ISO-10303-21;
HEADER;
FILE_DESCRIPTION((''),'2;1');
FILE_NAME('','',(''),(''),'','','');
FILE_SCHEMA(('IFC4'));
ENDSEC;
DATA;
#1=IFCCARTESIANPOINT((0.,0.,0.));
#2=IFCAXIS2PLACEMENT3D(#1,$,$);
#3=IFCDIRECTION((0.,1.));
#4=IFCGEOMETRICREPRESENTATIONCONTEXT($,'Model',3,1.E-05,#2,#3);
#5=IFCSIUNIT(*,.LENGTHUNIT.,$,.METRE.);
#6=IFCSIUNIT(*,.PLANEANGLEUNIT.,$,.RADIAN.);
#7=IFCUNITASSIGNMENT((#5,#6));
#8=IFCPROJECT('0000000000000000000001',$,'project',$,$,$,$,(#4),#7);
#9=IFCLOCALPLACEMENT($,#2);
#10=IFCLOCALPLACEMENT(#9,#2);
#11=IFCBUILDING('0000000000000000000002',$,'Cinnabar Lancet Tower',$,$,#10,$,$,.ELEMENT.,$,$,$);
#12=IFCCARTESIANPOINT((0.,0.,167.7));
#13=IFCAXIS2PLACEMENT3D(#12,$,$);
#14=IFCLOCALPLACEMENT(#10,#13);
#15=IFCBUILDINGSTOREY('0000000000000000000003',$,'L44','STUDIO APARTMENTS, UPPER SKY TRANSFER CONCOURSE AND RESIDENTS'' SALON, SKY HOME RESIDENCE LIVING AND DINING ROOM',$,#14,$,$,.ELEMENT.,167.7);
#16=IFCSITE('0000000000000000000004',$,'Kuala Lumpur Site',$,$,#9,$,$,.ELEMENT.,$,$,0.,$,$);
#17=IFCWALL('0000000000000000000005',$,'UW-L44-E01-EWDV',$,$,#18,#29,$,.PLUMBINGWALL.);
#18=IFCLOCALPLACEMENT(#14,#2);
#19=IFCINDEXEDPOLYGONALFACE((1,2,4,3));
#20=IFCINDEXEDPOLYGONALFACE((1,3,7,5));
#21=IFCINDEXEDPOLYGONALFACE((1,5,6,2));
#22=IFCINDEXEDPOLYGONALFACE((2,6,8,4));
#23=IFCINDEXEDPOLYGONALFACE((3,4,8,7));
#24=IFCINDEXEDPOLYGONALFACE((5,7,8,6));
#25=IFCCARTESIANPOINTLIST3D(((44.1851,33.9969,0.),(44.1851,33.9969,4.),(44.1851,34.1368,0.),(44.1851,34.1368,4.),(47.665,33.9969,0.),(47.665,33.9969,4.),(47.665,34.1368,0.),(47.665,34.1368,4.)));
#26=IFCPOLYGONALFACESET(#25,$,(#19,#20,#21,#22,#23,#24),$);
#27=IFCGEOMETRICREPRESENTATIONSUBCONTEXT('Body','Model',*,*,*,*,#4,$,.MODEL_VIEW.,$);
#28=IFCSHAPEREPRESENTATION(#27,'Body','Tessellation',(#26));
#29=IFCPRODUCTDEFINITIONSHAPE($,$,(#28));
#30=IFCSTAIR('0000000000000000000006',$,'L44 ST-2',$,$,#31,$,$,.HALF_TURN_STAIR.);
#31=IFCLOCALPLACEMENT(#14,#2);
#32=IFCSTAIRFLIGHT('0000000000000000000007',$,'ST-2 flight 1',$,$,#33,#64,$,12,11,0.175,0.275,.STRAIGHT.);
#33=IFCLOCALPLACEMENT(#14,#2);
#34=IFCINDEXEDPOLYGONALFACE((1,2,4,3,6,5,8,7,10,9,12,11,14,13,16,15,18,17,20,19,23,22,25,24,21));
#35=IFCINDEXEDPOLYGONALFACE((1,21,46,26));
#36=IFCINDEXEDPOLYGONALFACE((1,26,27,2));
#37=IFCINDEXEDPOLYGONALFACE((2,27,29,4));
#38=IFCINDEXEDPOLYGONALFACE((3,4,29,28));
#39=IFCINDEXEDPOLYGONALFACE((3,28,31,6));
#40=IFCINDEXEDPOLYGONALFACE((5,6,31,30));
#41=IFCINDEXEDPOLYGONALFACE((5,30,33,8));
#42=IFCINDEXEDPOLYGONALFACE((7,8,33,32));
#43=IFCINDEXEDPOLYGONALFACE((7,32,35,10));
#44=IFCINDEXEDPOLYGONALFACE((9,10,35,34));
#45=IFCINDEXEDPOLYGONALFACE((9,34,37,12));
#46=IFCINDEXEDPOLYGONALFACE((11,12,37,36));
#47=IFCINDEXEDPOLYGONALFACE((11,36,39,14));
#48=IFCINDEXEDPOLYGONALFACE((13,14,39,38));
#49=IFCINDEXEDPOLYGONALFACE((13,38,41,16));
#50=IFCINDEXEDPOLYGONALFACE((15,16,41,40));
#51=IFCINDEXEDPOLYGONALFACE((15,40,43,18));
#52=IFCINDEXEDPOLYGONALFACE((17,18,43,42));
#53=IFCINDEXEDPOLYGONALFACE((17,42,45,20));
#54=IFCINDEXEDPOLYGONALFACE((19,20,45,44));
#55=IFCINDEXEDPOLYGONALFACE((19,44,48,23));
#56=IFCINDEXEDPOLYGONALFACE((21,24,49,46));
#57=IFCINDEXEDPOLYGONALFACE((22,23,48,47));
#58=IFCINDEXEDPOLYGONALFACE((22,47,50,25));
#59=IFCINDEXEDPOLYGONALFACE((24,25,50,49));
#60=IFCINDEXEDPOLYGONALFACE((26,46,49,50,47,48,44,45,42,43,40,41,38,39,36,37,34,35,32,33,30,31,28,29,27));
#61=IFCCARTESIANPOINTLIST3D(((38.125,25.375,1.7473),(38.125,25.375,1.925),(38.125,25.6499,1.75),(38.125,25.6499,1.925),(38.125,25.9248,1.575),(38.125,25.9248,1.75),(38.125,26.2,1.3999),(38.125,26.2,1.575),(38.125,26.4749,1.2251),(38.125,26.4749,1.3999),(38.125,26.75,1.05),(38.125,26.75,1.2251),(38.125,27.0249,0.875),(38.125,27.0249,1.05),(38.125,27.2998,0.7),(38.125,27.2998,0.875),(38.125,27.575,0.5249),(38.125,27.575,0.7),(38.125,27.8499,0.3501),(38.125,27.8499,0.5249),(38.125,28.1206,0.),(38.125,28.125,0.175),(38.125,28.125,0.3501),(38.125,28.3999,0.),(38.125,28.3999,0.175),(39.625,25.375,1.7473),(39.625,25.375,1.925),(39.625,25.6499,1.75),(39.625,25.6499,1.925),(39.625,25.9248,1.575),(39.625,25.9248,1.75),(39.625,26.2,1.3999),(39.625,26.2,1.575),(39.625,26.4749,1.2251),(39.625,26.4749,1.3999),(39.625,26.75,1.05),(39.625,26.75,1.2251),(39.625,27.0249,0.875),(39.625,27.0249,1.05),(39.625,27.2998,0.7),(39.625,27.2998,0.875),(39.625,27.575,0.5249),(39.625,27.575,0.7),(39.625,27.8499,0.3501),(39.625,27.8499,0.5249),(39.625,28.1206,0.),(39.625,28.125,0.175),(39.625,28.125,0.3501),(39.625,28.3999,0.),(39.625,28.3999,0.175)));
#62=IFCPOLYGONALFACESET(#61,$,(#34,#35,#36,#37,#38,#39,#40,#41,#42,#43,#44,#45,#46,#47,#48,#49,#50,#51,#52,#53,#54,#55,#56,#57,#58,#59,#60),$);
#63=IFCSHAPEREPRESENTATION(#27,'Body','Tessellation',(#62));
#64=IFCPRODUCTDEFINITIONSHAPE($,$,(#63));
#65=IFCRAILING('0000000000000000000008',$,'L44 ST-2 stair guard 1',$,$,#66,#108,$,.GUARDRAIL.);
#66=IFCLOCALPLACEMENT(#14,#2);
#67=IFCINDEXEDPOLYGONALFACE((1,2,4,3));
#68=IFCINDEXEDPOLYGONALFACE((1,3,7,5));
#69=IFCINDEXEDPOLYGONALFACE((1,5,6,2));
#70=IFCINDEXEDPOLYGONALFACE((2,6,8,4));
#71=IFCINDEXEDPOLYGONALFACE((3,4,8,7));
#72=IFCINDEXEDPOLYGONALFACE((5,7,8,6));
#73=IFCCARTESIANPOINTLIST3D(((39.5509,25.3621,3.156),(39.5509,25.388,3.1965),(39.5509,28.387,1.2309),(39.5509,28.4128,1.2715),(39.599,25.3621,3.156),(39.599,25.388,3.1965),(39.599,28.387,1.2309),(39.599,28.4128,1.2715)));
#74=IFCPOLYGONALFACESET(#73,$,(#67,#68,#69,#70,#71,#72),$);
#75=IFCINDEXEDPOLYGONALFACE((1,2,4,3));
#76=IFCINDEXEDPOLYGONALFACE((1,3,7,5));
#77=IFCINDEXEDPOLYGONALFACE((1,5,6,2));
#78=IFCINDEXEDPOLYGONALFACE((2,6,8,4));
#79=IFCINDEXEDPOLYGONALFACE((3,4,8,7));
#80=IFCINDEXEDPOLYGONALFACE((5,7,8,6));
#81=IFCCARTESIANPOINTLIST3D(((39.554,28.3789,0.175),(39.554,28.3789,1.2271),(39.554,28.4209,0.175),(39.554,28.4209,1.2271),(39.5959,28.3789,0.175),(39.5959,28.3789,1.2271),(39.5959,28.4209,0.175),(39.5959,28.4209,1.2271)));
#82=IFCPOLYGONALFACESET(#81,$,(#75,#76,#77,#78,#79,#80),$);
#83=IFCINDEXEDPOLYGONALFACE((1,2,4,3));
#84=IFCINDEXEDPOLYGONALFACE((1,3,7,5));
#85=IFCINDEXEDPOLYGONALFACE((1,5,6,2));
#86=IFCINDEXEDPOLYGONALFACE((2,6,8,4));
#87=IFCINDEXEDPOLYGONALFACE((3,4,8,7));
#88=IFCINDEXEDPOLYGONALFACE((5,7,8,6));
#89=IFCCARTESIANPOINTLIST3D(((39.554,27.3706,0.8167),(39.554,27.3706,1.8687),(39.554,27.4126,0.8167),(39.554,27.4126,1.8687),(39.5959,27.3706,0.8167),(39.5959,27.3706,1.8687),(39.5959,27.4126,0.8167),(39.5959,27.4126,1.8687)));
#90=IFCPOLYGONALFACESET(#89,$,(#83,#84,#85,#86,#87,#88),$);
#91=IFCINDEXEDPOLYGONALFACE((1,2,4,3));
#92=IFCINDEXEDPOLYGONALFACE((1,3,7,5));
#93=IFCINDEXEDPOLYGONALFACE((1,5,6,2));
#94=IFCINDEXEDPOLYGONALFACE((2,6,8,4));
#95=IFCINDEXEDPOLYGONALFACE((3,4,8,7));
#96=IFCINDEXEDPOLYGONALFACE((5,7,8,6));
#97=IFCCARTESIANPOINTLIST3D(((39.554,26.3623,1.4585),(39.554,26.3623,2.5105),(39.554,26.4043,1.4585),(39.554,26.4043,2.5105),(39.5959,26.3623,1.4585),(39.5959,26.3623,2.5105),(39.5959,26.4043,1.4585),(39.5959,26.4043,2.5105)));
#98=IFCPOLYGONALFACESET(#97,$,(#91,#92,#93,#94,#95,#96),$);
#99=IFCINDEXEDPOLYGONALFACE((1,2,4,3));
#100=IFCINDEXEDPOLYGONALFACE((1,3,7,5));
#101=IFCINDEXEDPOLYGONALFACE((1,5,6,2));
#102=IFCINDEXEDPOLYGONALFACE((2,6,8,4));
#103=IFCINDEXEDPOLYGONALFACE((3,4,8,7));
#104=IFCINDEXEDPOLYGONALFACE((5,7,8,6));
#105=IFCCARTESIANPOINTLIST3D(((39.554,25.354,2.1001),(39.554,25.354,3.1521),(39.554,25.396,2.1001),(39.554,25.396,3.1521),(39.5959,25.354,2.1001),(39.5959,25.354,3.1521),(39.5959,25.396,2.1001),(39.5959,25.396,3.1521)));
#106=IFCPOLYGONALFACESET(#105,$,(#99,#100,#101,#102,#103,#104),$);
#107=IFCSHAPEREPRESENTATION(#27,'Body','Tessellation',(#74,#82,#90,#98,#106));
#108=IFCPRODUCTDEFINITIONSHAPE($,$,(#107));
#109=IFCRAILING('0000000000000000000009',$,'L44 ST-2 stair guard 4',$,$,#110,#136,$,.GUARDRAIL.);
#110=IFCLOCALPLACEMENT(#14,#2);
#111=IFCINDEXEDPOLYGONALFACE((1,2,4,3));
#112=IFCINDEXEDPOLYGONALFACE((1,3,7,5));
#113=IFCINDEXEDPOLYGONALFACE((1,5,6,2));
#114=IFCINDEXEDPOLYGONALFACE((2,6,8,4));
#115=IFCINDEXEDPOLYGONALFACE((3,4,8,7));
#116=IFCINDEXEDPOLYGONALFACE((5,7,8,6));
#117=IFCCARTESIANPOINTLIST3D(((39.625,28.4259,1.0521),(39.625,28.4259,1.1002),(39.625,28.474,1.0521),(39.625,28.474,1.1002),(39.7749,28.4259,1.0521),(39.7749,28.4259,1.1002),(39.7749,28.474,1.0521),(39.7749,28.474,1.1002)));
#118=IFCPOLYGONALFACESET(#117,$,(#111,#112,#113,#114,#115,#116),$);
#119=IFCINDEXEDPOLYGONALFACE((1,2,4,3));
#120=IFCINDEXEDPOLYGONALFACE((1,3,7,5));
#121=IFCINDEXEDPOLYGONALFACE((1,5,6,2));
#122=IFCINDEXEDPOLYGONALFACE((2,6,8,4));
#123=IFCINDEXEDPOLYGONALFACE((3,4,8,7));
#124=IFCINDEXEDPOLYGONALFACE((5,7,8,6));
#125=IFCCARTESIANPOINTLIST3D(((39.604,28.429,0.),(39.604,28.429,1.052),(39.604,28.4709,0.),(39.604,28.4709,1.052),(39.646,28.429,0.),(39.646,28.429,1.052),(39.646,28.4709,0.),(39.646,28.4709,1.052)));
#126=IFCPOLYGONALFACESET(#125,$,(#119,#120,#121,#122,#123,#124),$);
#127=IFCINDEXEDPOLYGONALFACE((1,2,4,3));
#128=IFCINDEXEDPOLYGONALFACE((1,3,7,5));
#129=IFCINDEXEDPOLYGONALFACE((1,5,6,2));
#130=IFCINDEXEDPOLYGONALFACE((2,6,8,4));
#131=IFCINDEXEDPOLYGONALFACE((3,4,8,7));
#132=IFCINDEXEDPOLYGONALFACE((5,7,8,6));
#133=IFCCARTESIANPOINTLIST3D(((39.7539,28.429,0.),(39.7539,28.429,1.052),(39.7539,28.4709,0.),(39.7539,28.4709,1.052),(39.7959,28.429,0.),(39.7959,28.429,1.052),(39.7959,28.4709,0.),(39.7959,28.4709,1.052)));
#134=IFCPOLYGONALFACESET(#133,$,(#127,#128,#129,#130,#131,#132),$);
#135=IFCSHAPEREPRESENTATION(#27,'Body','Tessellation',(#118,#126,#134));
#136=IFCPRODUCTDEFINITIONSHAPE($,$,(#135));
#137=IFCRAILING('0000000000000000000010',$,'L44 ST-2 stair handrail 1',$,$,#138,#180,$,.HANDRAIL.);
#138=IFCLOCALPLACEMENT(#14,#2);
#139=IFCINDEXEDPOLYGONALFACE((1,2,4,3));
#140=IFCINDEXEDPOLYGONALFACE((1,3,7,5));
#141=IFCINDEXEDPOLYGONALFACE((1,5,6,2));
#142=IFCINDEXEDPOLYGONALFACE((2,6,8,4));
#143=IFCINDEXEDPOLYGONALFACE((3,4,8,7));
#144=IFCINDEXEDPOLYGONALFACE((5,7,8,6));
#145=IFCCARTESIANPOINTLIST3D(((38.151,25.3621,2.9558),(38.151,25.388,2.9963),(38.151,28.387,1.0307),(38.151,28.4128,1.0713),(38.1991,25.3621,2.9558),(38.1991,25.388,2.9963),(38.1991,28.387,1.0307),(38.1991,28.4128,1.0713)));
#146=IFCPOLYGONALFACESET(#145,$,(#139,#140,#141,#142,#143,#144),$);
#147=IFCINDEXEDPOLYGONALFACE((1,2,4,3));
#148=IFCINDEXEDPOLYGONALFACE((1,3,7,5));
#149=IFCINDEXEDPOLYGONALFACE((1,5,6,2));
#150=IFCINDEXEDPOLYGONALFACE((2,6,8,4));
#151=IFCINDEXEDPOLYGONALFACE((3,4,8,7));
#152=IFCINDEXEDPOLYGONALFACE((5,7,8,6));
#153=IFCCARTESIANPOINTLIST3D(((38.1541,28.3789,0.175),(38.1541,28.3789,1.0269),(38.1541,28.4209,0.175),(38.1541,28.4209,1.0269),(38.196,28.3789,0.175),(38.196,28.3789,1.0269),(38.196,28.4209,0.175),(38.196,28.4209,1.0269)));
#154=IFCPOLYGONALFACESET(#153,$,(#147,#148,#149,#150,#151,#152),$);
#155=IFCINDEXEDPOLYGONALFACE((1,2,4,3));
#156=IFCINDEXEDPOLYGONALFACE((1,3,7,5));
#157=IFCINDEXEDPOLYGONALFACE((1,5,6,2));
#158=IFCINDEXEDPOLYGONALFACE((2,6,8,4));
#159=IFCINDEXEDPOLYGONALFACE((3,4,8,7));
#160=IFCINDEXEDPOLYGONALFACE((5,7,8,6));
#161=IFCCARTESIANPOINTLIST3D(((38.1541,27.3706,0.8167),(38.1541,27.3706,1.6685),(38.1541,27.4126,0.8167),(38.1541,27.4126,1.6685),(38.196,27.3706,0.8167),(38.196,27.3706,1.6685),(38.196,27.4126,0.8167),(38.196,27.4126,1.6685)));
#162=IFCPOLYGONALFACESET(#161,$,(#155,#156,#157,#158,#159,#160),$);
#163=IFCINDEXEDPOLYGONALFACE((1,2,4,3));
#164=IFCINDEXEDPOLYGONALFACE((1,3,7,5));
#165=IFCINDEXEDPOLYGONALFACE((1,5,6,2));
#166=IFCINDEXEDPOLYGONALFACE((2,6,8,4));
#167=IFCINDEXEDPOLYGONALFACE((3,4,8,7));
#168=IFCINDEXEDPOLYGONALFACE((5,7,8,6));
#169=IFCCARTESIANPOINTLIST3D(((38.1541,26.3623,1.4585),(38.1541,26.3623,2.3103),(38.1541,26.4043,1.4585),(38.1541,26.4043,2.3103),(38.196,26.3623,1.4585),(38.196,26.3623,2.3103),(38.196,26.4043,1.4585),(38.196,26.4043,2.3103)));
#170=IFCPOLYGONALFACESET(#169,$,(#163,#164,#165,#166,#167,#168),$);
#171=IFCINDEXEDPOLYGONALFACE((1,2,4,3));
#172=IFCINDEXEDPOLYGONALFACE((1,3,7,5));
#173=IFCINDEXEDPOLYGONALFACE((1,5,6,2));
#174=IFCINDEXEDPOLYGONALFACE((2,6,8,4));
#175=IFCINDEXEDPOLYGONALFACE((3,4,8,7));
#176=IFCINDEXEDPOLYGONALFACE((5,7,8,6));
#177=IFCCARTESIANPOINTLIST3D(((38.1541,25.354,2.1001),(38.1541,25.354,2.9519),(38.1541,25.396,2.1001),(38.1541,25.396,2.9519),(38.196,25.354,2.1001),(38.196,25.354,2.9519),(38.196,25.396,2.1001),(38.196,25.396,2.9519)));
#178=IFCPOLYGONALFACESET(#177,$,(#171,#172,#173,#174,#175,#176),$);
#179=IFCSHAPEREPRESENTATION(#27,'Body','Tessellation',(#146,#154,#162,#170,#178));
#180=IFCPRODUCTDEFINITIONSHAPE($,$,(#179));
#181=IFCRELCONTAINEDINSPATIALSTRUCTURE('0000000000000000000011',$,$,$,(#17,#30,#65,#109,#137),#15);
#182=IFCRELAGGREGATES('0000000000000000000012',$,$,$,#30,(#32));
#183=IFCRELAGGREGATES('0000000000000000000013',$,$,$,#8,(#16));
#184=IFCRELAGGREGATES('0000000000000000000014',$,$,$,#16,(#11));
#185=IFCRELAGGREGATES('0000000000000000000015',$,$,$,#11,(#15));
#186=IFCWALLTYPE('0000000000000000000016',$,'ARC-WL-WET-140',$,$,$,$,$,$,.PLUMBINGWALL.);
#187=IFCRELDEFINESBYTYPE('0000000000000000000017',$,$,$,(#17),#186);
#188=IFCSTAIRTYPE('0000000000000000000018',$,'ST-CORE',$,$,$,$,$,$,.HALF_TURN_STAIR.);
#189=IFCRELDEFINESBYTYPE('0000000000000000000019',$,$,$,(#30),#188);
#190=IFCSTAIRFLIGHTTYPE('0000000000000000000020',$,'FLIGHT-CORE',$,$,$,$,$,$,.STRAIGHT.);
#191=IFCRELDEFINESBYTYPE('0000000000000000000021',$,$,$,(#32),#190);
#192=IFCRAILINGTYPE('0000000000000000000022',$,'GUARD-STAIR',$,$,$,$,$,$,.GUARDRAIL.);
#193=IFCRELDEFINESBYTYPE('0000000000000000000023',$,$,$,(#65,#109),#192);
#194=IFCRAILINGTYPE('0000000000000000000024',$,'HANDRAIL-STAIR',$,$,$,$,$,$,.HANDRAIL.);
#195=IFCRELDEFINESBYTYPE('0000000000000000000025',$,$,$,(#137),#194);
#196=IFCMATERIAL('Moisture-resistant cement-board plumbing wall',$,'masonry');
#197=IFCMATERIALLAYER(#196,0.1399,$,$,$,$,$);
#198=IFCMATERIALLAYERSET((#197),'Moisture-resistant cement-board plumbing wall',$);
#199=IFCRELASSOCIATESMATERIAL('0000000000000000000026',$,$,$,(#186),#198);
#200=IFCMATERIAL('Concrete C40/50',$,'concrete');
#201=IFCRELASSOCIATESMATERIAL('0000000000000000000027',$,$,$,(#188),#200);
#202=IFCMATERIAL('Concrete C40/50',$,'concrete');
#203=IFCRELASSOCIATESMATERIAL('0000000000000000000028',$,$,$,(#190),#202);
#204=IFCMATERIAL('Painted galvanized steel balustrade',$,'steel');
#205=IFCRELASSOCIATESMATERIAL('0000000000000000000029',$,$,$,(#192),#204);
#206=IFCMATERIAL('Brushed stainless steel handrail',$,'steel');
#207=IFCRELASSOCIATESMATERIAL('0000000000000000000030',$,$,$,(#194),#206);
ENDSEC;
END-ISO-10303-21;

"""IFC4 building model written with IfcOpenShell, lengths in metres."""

from ifc_helpers import new_model, si_unit, direction, frame, frame_2d, origin, origin_2d, place, context, subcontext, project, spatial, polyline, rectangle, outline, extrude, material, layer, layer_set, type_object, element, aggregate, save


model = new_model("IFC4")

# Units and contexts
model_context = context("Model", 3, precision=1e-05, world=origin(), true_north=direction((0.0, 1.0)))
body_context = subcontext(model_context, "Body", "Model", "MODEL_VIEW")
ifc_project = project(units=[si_unit("LENGTHUNIT", "METRE"), si_unit("PLANEANGLEUNIT", "RADIAN")], contexts=[model_context])

# Site, building, storey
site_placement = place(None, origin())
site = spatial("IfcSite", under=ifc_project, at=site_placement, Name="Kuala Lumpur Site", CompositionType="ELEMENT", RefElevation=0.0)
building_placement = place(site_placement, origin())
building = spatial("IfcBuilding", under=site, at=building_placement, Name="Cinnabar Lancet Tower", CompositionType="ELEMENT")
storey_placement = place(building_placement, frame((0.0, 0.0, 167.7)))
storey = spatial("IfcBuildingStorey", under=building, at=storey_placement, Name="L44", Description="STUDIO APARTMENTS, UPPER SKY TRANSFER CONCOURSE AND RESIDENTS' SALON, SKY HOME RESIDENCE LIVING AND DINING ROOM", CompositionType="ELEMENT", Elevation=167.7)

# Shared definitions
ifc_material_1 = material(Name="Moisture-resistant cement-board plumbing wall", Category="masonry")
ifc_layer_1 = layer(ifc_material_1, 0.1399)
ifc_layer_set_1 = layer_set([ifc_layer_1], Name="Moisture-resistant cement-board plumbing wall")
wall_type_1 = type_object("IfcWallType", Name="ARC-WL-WET-140", PredefinedType="PLUMBINGWALL", material=ifc_layer_set_1)

# Wall
for number, where, z_axis, x_axis, name in (
    (1, (44.1851, 34.0669, 0.0), (0.0, 0.0, 1.0), (1.0, 0.0, 0.0), "UW-L44-E01-EWDV"),
):
    element("IfcWall", number, at=place(storey_placement, frame(where, z_axis=z_axis, x_axis=x_axis)), inside=storey, type_object=wall_type_1, Name=name, PredefinedType="PLUMBINGWALL", context=body_context, shape_type="SweptSolid", body=[
        extrude(rectangle(XDim=3.48, YDim=0.1399, at=frame_2d((1.74, 0.0))), origin(), (0.0, 0.0, 1.0), 4.0),
    ])

# Stair, stair flight
ifc_material_2 = material(Name="Concrete C40/50", Category="concrete")
stair_type = type_object("IfcStairType", Name="ST-CORE", PredefinedType="HALF_TURN_STAIR", material=ifc_material_2)
stair_placement = place(storey_placement, origin())
stair = element("IfcStair", 2, at=stair_placement, inside=storey, type_object=stair_type, Name="L44 ST-2", PredefinedType="HALF_TURN_STAIR")
ifc_material_3 = material(Name="Concrete C40/50", Category="concrete")
stair_flight_type = type_object("IfcStairFlightType", Name="FLIGHT-CORE", PredefinedType="STRAIGHT", material=ifc_material_3)
stair_flight_placement = place(storey_placement, frame((38.875, 28.3999, 0.0), z_axis=(0.0, 0.0, 1.0), x_axis=(0.0, -1.0, 0.0)))
stair_flight = element("IfcStairFlight", 3, at=stair_flight_placement, type_object=stair_flight_type, Name="ST-2 flight 1", NumberOfRisers=12, NumberOfTreads=11, PredefinedType="STRAIGHT", RiserHeight=0.175, TreadLength=0.275, context=body_context, shape_type="SweptSolid", body=[
    extrude(outline(polyline([(0.0, 0.0), (0.0, 0.175), (0.2749, 0.175), (0.2749, 0.3501), (0.55, 0.3501), (0.55, 0.5249), (0.825, 0.5249), (0.825, 0.7), (1.1001, 0.7), (1.1001, 0.875), (1.375, 0.875), (1.375, 1.05), (1.6499, 1.05), (1.6499, 1.2251), (1.925, 1.2251), (1.925, 1.3999), (2.2, 1.3999), (2.2, 1.575), (2.4751, 1.575), (2.4751, 1.75), (2.75, 1.75), (2.75, 1.925), (3.0249, 1.925), (3.0249, 2.1001), (3.0249, 1.7473), (0.2793, 0.0), (0.0, 0.0)])), frame((0.0, 0.75, 0.0), z_axis=(0.0, -1.0, 0.0), x_axis=(1.0, 0.0, 0.0)), (0.0, 0.0, 1.0), 1.5),
])
aggregate(stair, [stair_flight])

# Railings
ifc_material_4 = material(Name="Painted galvanized steel balustrade", Category="steel")
railing_type_1 = type_object("IfcRailingType", Name="GUARD-STAIR", PredefinedType="GUARDRAIL", material=ifc_material_4)
railing_1_placement = place(storey_placement, frame((39.575, 28.3999, 0.175)))
element("IfcRailing", 4, at=railing_1_placement, inside=storey, type_object=railing_type_1, Name="L44 ST-2 stair guard 1", PredefinedType="GUARDRAIL", context=body_context, shape_type="SweptSolid", body=[
    extrude(rectangle(XDim=0.0481, YDim=0.0481, at=origin_2d()), frame((0.0, 0.0, 1.0762), z_axis=(0.0, -0.843647, 0.536898), x_axis=(1.0, 0.0, 0.0)), (0.0, 0.0, 1.0), 3.5854),
    extrude(rectangle(XDim=0.042, YDim=0.042, at=origin_2d()), origin(), (0.0, 0.0, 1.0), 1.052),
    extrude(rectangle(XDim=0.042, YDim=0.042, at=origin_2d()), frame((0.0, -1.0083, 0.6416)), (0.0, 0.0, 1.0), 1.052),
    extrude(rectangle(XDim=0.042, YDim=0.042, at=origin_2d()), frame((0.0, -2.0166, 1.2834)), (0.0, 0.0, 1.0), 1.052),
    extrude(rectangle(XDim=0.042, YDim=0.042, at=origin_2d()), frame((0.0, -3.0249, 1.925)), (0.0, 0.0, 1.0), 1.052),
])
railing_2_placement = place(storey_placement, frame((39.625, 28.45, 0.0)))
element("IfcRailing", 5, at=railing_2_placement, inside=storey, type_object=railing_type_1, Name="L44 ST-2 stair guard 4", PredefinedType="GUARDRAIL", context=body_context, shape_type="SweptSolid", body=[
    extrude(rectangle(XDim=0.0481, YDim=0.0481, at=origin_2d()), frame((0.0, 0.0, 1.0762), z_axis=(1.0, 0.0, 0.0), x_axis=(0.0, 1.0, 0.0)), (0.0, 0.0, 1.0), 0.1499),
    extrude(rectangle(XDim=0.042, YDim=0.042, at=origin_2d()), origin(), (0.0, 0.0, 1.0), 1.052),
    extrude(rectangle(XDim=0.042, YDim=0.042, at=origin_2d()), frame((0.1499, 0.0, 0.0)), (0.0, 0.0, 1.0), 1.052),
])
ifc_material_5 = material(Name="Brushed stainless steel handrail", Category="steel")
railing_type_2 = type_object("IfcRailingType", Name="HANDRAIL-STAIR", PredefinedType="HANDRAIL", material=ifc_material_5)
railing_3_placement = place(storey_placement, frame((38.175, 28.3999, 0.175)))
element("IfcRailing", 6, at=railing_3_placement, inside=storey, type_object=railing_type_2, Name="L44 ST-2 stair handrail 1", PredefinedType="HANDRAIL", context=body_context, shape_type="SweptSolid", body=[
    extrude(rectangle(XDim=0.0481, YDim=0.0481, at=origin_2d()), frame((0.0, 0.0, 0.876), z_axis=(0.0, -0.843647, 0.536898), x_axis=(1.0, 0.0, 0.0)), (0.0, 0.0, 1.0), 3.5854),
    extrude(rectangle(XDim=0.042, YDim=0.042, at=origin_2d()), origin(), (0.0, 0.0, 1.0), 0.8518),
    extrude(rectangle(XDim=0.042, YDim=0.042, at=origin_2d()), frame((0.0, -1.0083, 0.6416)), (0.0, 0.0, 1.0), 0.8518),
    extrude(rectangle(XDim=0.042, YDim=0.042, at=origin_2d()), frame((0.0, -2.0166, 1.2834)), (0.0, 0.0, 1.0), 0.8518),
    extrude(rectangle(XDim=0.042, YDim=0.042, at=origin_2d()), frame((0.0, -3.0249, 1.925)), (0.0, 0.0, 1.0), 0.8518),
])

save(model, "model.ifc")
